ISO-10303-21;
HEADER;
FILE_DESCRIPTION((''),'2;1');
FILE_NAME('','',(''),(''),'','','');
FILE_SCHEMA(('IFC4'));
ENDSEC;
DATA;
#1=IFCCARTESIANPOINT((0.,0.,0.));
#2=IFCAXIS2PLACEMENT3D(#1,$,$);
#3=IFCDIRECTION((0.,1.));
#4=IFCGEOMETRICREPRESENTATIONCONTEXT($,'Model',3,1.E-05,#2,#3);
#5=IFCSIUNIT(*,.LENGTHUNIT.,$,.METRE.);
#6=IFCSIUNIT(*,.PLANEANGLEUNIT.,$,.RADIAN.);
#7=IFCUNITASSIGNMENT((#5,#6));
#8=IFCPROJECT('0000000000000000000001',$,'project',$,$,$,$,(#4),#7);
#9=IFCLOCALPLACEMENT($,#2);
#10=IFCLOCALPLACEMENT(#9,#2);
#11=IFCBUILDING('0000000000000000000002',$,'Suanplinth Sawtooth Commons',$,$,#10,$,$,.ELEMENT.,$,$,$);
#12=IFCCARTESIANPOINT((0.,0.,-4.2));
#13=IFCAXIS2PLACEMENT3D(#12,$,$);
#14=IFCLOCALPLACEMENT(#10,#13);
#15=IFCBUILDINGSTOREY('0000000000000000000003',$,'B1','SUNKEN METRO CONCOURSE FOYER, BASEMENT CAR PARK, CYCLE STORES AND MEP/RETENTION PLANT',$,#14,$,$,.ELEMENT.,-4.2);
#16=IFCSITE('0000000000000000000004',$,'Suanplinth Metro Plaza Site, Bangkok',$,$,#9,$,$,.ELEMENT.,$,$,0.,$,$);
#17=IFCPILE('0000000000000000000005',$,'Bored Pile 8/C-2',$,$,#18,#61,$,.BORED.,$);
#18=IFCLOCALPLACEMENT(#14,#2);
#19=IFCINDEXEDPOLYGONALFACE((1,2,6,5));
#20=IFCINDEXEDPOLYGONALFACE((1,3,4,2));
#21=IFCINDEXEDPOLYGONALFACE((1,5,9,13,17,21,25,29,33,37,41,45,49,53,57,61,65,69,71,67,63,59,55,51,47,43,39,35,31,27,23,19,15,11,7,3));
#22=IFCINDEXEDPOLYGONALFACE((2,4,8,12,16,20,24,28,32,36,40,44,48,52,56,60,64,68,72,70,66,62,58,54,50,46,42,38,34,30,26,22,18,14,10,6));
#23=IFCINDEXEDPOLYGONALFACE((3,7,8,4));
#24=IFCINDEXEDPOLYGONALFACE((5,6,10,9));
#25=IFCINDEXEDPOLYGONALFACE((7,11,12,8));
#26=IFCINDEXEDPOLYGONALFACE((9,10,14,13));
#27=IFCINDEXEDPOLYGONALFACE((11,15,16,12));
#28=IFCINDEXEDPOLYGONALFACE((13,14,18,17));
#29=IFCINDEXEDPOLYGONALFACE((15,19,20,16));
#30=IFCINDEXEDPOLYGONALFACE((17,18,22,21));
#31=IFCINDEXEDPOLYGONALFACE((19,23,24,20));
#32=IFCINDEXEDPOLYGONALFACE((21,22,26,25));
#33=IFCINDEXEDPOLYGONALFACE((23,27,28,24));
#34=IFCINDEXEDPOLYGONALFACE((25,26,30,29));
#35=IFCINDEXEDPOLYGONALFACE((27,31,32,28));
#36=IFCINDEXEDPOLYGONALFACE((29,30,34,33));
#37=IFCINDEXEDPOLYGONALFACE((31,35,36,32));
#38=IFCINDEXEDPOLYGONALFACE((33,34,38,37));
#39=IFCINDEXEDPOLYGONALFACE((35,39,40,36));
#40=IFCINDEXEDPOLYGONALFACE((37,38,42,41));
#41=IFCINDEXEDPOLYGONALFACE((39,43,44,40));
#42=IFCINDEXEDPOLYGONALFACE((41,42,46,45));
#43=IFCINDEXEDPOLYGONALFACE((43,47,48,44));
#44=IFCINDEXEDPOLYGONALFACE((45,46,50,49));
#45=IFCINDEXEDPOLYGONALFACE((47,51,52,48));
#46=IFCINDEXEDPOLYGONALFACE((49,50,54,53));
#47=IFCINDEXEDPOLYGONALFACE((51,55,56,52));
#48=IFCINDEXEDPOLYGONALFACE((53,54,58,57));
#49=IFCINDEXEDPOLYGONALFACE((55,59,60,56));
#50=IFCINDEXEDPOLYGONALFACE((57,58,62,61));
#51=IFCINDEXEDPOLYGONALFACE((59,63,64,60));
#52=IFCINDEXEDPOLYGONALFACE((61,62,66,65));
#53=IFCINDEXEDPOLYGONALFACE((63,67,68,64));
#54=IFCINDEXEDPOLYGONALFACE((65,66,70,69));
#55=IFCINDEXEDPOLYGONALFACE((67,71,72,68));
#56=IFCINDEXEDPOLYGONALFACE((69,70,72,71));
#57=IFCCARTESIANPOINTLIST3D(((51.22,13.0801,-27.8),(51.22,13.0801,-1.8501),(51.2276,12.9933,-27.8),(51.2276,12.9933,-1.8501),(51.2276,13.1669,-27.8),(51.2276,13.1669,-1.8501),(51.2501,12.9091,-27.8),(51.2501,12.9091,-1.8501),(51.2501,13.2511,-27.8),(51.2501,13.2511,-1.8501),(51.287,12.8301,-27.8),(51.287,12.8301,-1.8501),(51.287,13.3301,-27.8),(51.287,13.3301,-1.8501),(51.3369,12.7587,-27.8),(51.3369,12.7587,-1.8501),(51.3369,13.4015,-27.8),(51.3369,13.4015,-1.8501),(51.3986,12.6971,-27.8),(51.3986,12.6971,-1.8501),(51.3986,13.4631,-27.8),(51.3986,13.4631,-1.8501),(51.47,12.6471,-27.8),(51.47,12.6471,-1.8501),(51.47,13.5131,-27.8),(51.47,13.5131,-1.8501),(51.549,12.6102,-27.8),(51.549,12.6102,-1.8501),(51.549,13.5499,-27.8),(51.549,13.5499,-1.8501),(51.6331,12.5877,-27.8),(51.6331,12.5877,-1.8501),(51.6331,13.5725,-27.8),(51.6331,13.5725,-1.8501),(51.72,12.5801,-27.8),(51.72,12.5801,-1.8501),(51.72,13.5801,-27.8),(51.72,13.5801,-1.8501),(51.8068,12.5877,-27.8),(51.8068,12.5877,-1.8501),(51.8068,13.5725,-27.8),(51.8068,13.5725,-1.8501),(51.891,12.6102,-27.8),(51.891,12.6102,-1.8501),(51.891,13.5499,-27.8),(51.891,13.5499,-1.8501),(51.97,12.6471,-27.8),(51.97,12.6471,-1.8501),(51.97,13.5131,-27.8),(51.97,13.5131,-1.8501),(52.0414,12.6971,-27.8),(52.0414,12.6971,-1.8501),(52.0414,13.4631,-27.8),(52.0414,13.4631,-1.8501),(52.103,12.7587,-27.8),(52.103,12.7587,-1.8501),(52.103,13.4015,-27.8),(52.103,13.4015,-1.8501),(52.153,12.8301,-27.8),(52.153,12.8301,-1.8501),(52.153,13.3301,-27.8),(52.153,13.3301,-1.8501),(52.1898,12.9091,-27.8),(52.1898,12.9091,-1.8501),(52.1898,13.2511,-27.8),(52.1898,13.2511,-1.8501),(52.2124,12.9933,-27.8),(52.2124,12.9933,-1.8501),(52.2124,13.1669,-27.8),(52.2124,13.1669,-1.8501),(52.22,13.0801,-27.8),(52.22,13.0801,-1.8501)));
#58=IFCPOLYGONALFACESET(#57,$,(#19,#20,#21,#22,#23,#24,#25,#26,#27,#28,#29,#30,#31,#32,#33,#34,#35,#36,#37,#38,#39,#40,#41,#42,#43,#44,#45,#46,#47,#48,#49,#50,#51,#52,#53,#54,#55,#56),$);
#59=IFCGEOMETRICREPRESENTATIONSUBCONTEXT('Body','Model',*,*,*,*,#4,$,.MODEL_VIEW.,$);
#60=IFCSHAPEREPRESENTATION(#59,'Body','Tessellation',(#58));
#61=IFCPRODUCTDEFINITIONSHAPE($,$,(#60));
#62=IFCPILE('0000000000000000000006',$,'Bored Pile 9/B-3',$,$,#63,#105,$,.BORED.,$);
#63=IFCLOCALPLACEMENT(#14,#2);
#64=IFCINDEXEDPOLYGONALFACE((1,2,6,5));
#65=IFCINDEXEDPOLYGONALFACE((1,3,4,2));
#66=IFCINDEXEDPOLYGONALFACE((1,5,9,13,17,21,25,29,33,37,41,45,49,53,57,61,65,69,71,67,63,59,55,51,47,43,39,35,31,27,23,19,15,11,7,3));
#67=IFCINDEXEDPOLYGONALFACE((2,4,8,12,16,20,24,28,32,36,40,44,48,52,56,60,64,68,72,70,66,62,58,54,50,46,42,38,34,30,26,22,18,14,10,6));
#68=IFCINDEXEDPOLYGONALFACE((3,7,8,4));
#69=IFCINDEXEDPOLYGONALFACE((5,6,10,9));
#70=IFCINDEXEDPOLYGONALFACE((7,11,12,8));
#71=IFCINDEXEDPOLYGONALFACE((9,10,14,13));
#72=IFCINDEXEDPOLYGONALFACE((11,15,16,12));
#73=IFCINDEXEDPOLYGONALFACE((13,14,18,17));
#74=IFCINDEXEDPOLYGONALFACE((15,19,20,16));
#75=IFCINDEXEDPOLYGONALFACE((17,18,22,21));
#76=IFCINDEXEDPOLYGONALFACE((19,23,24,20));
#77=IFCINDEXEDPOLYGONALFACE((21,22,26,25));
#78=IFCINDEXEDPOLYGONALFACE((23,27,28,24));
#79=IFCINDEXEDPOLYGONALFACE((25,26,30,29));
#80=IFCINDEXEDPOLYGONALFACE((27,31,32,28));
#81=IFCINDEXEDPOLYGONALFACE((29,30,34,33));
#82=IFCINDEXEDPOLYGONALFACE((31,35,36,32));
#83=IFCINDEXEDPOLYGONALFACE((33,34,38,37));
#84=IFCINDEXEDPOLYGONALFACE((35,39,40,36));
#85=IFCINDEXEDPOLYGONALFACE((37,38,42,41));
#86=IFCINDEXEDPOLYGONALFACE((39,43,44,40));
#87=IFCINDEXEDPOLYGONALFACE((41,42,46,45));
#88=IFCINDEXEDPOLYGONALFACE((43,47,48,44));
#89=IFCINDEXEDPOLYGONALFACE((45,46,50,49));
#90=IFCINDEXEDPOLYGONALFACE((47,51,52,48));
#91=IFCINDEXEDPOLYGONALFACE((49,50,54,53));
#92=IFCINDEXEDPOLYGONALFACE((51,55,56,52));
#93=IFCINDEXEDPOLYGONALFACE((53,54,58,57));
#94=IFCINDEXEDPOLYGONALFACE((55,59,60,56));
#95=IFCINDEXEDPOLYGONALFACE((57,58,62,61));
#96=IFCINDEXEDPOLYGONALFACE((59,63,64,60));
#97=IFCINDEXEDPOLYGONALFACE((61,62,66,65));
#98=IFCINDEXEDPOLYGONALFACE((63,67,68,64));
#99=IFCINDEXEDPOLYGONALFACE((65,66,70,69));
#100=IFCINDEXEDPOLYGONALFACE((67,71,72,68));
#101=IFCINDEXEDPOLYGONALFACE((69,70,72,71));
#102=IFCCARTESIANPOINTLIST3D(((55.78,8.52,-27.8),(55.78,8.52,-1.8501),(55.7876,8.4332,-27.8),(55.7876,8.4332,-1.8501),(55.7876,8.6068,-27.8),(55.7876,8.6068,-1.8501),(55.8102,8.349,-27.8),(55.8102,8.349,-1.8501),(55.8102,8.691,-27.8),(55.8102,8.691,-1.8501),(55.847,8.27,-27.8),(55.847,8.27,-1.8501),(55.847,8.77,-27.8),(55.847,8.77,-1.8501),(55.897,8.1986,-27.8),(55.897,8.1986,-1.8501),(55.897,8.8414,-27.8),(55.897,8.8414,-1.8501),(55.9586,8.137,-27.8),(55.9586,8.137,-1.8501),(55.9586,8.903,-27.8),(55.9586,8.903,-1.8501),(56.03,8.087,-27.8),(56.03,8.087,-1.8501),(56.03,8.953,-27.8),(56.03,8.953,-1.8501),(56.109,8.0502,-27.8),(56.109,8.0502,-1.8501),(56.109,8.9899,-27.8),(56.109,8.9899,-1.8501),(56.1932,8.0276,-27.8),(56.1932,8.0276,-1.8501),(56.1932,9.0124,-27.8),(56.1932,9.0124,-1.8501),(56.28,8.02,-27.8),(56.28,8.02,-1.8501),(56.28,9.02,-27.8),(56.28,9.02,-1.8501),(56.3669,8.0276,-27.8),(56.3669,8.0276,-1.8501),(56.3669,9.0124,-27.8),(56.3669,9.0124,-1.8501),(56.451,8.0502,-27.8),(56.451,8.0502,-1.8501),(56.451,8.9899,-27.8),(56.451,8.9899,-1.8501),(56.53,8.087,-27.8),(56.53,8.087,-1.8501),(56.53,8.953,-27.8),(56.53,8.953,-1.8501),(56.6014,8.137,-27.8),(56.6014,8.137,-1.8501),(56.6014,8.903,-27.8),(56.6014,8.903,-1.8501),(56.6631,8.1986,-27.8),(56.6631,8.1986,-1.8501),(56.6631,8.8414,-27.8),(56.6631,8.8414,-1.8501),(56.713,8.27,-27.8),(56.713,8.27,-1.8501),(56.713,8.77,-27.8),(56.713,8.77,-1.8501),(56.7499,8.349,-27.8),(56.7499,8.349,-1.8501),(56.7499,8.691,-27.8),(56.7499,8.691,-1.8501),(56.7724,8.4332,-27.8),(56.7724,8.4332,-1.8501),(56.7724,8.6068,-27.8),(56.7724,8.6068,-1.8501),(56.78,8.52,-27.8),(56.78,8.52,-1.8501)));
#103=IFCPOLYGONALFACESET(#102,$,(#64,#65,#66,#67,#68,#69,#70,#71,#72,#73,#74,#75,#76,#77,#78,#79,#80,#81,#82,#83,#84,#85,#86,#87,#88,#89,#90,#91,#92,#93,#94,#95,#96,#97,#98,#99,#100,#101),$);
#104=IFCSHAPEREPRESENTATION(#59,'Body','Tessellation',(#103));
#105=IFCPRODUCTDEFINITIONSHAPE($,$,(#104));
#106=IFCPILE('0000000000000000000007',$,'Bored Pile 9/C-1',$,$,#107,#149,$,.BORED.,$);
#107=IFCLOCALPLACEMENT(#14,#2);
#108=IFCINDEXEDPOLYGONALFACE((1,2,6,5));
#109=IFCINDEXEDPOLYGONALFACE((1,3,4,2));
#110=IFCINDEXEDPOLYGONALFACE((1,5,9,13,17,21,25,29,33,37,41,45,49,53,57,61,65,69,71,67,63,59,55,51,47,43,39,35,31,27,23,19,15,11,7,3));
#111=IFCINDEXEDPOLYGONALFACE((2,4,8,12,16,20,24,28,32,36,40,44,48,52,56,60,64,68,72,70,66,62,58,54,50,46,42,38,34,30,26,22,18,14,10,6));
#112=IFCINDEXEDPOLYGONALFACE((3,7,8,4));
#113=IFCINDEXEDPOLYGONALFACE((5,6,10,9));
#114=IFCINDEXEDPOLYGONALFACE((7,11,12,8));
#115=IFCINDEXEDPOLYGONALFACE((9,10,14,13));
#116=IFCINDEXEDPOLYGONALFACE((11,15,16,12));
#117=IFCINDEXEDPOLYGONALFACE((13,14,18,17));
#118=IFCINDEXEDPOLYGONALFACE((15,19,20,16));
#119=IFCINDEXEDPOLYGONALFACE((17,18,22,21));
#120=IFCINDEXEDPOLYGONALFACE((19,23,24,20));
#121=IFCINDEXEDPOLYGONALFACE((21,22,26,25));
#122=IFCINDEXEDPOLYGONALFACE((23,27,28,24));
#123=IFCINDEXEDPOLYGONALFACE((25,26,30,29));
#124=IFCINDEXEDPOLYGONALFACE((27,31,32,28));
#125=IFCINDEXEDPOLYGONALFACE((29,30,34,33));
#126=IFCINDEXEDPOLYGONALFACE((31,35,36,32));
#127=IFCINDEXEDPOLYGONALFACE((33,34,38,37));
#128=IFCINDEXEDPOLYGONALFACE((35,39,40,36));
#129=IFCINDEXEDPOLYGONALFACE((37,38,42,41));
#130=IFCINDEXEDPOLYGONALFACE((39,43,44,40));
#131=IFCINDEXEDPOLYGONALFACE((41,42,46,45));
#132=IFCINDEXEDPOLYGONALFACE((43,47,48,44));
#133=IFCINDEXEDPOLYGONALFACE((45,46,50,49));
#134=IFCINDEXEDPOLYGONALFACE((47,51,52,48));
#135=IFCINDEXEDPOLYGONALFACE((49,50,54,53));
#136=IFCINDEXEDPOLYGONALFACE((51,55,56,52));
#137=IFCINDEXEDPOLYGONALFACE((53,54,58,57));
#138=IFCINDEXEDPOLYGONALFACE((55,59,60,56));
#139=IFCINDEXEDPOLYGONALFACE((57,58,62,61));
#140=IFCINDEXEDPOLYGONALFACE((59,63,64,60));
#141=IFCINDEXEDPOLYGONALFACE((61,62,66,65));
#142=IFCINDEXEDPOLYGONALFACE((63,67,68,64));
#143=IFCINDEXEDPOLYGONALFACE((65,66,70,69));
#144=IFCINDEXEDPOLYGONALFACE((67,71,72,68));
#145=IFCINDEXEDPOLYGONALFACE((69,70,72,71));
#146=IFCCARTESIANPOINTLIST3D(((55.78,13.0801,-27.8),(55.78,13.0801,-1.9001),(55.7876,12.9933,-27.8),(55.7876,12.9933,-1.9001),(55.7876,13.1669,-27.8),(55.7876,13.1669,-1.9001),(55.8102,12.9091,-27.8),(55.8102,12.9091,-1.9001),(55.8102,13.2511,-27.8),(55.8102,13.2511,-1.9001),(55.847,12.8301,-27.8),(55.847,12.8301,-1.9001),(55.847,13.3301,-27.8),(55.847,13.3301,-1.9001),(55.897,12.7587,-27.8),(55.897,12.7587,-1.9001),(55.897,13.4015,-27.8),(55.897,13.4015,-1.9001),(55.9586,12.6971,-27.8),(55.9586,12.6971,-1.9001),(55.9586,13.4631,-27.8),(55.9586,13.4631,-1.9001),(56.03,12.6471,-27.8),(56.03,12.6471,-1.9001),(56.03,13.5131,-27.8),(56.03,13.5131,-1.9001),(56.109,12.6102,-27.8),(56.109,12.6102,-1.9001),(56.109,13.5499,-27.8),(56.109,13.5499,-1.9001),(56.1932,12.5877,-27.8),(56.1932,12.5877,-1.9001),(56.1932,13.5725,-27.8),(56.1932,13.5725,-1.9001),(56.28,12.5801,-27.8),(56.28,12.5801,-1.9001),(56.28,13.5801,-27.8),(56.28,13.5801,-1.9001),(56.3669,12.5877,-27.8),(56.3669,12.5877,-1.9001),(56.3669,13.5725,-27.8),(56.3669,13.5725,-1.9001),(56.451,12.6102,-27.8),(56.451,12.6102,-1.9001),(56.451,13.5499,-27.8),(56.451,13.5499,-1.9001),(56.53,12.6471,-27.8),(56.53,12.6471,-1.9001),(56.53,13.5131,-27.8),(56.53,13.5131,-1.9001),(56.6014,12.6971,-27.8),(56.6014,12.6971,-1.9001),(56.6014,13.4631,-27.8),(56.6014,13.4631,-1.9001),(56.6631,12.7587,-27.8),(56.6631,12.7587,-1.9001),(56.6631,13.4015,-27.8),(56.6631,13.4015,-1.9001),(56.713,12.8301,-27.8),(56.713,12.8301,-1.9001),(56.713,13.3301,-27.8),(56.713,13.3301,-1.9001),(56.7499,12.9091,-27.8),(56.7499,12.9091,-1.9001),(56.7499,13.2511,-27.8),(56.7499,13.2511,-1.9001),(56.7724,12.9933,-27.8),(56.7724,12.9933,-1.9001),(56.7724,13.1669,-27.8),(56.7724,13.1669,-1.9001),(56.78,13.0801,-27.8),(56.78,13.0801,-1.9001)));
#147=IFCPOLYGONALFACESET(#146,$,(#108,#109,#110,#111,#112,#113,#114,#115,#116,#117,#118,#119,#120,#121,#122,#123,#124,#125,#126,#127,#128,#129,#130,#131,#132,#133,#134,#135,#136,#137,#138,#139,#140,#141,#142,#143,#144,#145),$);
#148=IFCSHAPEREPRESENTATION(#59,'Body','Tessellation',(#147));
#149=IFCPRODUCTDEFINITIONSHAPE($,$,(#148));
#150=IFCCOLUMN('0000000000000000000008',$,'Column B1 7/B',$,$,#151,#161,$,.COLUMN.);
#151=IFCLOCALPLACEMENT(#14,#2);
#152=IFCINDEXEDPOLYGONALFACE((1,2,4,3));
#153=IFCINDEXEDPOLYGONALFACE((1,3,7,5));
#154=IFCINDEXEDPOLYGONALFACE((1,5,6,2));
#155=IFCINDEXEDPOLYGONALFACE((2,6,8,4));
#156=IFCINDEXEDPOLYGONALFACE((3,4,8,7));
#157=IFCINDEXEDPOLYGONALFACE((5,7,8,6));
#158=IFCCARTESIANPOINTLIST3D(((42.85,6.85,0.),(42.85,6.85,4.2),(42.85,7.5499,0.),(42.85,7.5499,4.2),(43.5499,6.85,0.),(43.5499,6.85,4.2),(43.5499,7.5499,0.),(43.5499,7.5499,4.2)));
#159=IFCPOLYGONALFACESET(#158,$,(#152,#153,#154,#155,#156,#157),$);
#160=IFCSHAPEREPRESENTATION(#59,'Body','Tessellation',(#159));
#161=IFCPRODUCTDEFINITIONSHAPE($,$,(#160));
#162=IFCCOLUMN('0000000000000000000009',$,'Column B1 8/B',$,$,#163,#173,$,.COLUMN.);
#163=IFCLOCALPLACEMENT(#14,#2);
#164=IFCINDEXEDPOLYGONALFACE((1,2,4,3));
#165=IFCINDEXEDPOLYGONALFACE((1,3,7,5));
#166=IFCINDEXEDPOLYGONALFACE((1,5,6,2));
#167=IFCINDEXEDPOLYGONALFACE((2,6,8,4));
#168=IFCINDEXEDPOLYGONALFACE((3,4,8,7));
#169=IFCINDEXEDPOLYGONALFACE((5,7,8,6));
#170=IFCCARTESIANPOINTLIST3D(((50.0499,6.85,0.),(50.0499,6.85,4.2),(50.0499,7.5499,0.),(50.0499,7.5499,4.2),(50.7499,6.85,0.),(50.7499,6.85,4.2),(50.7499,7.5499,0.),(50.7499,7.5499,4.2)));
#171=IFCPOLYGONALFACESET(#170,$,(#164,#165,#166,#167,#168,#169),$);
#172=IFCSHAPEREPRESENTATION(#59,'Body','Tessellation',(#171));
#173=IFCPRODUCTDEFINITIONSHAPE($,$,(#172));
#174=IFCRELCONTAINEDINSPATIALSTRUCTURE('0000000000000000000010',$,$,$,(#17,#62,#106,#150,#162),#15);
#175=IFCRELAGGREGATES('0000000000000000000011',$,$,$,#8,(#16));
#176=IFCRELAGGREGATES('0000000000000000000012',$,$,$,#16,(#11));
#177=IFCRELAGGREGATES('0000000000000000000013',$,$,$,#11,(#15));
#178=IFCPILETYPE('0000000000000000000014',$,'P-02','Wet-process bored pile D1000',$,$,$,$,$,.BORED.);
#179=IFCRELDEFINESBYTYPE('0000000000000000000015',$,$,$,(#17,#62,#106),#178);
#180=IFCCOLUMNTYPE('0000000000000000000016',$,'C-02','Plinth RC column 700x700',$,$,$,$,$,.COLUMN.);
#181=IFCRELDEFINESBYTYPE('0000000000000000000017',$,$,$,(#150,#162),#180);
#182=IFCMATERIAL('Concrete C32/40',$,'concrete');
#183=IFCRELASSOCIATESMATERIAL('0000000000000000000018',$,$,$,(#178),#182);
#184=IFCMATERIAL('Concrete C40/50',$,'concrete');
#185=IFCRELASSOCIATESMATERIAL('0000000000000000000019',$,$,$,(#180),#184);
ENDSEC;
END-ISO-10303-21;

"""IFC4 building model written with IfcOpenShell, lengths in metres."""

from ifc_helpers import new_model, si_unit, direction, frame, origin, origin_2d, place, context, subcontext, project, spatial, rectangle, circle, extrude, material, material_profile, profile_set, type_object, element, save


model = new_model("IFC4")

# Units and contexts
model_context = context("Model", 3, precision=1e-05, world=origin(), true_north=direction((0.0, 1.0)))
body_context = subcontext(model_context, "Body", "Model", "MODEL_VIEW")
ifc_project = project(units=[si_unit("LENGTHUNIT", "METRE"), si_unit("PLANEANGLEUNIT", "RADIAN")], contexts=[model_context])

# Site, building, storey
site_placement = place(None, origin())
site = spatial("IfcSite", under=ifc_project, at=site_placement, Name="Suanplinth Metro Plaza Site, Bangkok", CompositionType="ELEMENT", RefElevation=0.0)
building_placement = place(site_placement, origin())
building = spatial("IfcBuilding", under=site, at=building_placement, Name="Suanplinth Sawtooth Commons", CompositionType="ELEMENT")
storey_placement = place(building_placement, frame((0.0, 0.0, -4.2)))
storey = spatial("IfcBuildingStorey", under=building, at=storey_placement, Name="B1", Description="SUNKEN METRO CONCOURSE FOYER, BASEMENT CAR PARK, CYCLE STORES AND MEP/RETENTION PLANT", CompositionType="ELEMENT", Elevation=-4.2)

# Piles
ifc_material_1 = material(Name="Concrete C32/40", Category="concrete")
ifc_material_profile_1 = material_profile(ifc_material_1, circle(Radius=0.5, at=origin_2d()), Name="PILE D1000")
ifc_profile_set_1 = profile_set([ifc_material_profile_1], Name="Concrete C32/40")
pile_type = type_object("IfcPileType", Name="P-02", Description="Wet-process bored pile D1000", PredefinedType="BORED", material=ifc_profile_set_1)
for number, where, z_axis, x_axis, name in (
    (1, (51.72, 13.0801, -1.8501), (0.0, 0.0, -1.0), (1.0, 0.0, 0.0), "Bored Pile 8/C-2"),
    (2, (56.28, 8.52, -1.8501), (0.0, 0.0, -1.0), (1.0, 0.0, 0.0), "Bored Pile 9/B-3"),
):
    element("IfcPile", number, at=place(storey_placement, frame(where, z_axis=z_axis, x_axis=x_axis)), inside=storey, type_object=pile_type, Name=name, PredefinedType="BORED", context=body_context, shape_type="SweptSolid", body=[
        extrude(circle(Radius=0.5, at=origin_2d()), origin(), (0.0, 0.0, 1.0), 25.95),
    ])
pile_placement = place(storey_placement, frame((56.28, 13.0801, -1.9001), z_axis=(0.0, 0.0, -1.0), x_axis=(1.0, 0.0, 0.0)))
element("IfcPile", 3, at=pile_placement, inside=storey, type_object=pile_type, Name="Bored Pile 9/C-1", PredefinedType="BORED", context=body_context, shape_type="SweptSolid", body=[
    extrude(circle(Radius=0.5, at=origin_2d()), origin(), (0.0, 0.0, 1.0), 25.8999),
])

# Columns
ifc_material_2 = material(Name="Concrete C40/50", Category="concrete")
ifc_material_profile_2 = material_profile(ifc_material_2, rectangle(XDim=0.7, YDim=0.7, at=origin_2d()), Name="RC-COL 700x700")
ifc_profile_set_2 = profile_set([ifc_material_profile_2], Name="Concrete C40/50")
column_type = type_object("IfcColumnType", Name="C-02", Description="Plinth RC column 700x700", PredefinedType="COLUMN", material=ifc_profile_set_2)
for number, where, z_axis, x_axis, name in (
    (4, (43.2, 7.2, 0.0), (0.0, 0.0, 1.0), (1.0, 0.0, 0.0), "Column B1 7/B"),
    (5, (50.3999, 7.2, 0.0), (0.0, 0.0, 1.0), (1.0, 0.0, 0.0), "Column B1 8/B"),
):
    element("IfcColumn", number, at=place(storey_placement, frame(where, z_axis=z_axis, x_axis=x_axis)), inside=storey, type_object=column_type, Name=name, PredefinedType="COLUMN", context=body_context, shape_type="SweptSolid", body=[
        extrude(rectangle(XDim=0.7, YDim=0.7, at=origin_2d()), origin(), (0.0, 0.0, 1.0), 4.2),
    ])

save(model, "model.ifc")
